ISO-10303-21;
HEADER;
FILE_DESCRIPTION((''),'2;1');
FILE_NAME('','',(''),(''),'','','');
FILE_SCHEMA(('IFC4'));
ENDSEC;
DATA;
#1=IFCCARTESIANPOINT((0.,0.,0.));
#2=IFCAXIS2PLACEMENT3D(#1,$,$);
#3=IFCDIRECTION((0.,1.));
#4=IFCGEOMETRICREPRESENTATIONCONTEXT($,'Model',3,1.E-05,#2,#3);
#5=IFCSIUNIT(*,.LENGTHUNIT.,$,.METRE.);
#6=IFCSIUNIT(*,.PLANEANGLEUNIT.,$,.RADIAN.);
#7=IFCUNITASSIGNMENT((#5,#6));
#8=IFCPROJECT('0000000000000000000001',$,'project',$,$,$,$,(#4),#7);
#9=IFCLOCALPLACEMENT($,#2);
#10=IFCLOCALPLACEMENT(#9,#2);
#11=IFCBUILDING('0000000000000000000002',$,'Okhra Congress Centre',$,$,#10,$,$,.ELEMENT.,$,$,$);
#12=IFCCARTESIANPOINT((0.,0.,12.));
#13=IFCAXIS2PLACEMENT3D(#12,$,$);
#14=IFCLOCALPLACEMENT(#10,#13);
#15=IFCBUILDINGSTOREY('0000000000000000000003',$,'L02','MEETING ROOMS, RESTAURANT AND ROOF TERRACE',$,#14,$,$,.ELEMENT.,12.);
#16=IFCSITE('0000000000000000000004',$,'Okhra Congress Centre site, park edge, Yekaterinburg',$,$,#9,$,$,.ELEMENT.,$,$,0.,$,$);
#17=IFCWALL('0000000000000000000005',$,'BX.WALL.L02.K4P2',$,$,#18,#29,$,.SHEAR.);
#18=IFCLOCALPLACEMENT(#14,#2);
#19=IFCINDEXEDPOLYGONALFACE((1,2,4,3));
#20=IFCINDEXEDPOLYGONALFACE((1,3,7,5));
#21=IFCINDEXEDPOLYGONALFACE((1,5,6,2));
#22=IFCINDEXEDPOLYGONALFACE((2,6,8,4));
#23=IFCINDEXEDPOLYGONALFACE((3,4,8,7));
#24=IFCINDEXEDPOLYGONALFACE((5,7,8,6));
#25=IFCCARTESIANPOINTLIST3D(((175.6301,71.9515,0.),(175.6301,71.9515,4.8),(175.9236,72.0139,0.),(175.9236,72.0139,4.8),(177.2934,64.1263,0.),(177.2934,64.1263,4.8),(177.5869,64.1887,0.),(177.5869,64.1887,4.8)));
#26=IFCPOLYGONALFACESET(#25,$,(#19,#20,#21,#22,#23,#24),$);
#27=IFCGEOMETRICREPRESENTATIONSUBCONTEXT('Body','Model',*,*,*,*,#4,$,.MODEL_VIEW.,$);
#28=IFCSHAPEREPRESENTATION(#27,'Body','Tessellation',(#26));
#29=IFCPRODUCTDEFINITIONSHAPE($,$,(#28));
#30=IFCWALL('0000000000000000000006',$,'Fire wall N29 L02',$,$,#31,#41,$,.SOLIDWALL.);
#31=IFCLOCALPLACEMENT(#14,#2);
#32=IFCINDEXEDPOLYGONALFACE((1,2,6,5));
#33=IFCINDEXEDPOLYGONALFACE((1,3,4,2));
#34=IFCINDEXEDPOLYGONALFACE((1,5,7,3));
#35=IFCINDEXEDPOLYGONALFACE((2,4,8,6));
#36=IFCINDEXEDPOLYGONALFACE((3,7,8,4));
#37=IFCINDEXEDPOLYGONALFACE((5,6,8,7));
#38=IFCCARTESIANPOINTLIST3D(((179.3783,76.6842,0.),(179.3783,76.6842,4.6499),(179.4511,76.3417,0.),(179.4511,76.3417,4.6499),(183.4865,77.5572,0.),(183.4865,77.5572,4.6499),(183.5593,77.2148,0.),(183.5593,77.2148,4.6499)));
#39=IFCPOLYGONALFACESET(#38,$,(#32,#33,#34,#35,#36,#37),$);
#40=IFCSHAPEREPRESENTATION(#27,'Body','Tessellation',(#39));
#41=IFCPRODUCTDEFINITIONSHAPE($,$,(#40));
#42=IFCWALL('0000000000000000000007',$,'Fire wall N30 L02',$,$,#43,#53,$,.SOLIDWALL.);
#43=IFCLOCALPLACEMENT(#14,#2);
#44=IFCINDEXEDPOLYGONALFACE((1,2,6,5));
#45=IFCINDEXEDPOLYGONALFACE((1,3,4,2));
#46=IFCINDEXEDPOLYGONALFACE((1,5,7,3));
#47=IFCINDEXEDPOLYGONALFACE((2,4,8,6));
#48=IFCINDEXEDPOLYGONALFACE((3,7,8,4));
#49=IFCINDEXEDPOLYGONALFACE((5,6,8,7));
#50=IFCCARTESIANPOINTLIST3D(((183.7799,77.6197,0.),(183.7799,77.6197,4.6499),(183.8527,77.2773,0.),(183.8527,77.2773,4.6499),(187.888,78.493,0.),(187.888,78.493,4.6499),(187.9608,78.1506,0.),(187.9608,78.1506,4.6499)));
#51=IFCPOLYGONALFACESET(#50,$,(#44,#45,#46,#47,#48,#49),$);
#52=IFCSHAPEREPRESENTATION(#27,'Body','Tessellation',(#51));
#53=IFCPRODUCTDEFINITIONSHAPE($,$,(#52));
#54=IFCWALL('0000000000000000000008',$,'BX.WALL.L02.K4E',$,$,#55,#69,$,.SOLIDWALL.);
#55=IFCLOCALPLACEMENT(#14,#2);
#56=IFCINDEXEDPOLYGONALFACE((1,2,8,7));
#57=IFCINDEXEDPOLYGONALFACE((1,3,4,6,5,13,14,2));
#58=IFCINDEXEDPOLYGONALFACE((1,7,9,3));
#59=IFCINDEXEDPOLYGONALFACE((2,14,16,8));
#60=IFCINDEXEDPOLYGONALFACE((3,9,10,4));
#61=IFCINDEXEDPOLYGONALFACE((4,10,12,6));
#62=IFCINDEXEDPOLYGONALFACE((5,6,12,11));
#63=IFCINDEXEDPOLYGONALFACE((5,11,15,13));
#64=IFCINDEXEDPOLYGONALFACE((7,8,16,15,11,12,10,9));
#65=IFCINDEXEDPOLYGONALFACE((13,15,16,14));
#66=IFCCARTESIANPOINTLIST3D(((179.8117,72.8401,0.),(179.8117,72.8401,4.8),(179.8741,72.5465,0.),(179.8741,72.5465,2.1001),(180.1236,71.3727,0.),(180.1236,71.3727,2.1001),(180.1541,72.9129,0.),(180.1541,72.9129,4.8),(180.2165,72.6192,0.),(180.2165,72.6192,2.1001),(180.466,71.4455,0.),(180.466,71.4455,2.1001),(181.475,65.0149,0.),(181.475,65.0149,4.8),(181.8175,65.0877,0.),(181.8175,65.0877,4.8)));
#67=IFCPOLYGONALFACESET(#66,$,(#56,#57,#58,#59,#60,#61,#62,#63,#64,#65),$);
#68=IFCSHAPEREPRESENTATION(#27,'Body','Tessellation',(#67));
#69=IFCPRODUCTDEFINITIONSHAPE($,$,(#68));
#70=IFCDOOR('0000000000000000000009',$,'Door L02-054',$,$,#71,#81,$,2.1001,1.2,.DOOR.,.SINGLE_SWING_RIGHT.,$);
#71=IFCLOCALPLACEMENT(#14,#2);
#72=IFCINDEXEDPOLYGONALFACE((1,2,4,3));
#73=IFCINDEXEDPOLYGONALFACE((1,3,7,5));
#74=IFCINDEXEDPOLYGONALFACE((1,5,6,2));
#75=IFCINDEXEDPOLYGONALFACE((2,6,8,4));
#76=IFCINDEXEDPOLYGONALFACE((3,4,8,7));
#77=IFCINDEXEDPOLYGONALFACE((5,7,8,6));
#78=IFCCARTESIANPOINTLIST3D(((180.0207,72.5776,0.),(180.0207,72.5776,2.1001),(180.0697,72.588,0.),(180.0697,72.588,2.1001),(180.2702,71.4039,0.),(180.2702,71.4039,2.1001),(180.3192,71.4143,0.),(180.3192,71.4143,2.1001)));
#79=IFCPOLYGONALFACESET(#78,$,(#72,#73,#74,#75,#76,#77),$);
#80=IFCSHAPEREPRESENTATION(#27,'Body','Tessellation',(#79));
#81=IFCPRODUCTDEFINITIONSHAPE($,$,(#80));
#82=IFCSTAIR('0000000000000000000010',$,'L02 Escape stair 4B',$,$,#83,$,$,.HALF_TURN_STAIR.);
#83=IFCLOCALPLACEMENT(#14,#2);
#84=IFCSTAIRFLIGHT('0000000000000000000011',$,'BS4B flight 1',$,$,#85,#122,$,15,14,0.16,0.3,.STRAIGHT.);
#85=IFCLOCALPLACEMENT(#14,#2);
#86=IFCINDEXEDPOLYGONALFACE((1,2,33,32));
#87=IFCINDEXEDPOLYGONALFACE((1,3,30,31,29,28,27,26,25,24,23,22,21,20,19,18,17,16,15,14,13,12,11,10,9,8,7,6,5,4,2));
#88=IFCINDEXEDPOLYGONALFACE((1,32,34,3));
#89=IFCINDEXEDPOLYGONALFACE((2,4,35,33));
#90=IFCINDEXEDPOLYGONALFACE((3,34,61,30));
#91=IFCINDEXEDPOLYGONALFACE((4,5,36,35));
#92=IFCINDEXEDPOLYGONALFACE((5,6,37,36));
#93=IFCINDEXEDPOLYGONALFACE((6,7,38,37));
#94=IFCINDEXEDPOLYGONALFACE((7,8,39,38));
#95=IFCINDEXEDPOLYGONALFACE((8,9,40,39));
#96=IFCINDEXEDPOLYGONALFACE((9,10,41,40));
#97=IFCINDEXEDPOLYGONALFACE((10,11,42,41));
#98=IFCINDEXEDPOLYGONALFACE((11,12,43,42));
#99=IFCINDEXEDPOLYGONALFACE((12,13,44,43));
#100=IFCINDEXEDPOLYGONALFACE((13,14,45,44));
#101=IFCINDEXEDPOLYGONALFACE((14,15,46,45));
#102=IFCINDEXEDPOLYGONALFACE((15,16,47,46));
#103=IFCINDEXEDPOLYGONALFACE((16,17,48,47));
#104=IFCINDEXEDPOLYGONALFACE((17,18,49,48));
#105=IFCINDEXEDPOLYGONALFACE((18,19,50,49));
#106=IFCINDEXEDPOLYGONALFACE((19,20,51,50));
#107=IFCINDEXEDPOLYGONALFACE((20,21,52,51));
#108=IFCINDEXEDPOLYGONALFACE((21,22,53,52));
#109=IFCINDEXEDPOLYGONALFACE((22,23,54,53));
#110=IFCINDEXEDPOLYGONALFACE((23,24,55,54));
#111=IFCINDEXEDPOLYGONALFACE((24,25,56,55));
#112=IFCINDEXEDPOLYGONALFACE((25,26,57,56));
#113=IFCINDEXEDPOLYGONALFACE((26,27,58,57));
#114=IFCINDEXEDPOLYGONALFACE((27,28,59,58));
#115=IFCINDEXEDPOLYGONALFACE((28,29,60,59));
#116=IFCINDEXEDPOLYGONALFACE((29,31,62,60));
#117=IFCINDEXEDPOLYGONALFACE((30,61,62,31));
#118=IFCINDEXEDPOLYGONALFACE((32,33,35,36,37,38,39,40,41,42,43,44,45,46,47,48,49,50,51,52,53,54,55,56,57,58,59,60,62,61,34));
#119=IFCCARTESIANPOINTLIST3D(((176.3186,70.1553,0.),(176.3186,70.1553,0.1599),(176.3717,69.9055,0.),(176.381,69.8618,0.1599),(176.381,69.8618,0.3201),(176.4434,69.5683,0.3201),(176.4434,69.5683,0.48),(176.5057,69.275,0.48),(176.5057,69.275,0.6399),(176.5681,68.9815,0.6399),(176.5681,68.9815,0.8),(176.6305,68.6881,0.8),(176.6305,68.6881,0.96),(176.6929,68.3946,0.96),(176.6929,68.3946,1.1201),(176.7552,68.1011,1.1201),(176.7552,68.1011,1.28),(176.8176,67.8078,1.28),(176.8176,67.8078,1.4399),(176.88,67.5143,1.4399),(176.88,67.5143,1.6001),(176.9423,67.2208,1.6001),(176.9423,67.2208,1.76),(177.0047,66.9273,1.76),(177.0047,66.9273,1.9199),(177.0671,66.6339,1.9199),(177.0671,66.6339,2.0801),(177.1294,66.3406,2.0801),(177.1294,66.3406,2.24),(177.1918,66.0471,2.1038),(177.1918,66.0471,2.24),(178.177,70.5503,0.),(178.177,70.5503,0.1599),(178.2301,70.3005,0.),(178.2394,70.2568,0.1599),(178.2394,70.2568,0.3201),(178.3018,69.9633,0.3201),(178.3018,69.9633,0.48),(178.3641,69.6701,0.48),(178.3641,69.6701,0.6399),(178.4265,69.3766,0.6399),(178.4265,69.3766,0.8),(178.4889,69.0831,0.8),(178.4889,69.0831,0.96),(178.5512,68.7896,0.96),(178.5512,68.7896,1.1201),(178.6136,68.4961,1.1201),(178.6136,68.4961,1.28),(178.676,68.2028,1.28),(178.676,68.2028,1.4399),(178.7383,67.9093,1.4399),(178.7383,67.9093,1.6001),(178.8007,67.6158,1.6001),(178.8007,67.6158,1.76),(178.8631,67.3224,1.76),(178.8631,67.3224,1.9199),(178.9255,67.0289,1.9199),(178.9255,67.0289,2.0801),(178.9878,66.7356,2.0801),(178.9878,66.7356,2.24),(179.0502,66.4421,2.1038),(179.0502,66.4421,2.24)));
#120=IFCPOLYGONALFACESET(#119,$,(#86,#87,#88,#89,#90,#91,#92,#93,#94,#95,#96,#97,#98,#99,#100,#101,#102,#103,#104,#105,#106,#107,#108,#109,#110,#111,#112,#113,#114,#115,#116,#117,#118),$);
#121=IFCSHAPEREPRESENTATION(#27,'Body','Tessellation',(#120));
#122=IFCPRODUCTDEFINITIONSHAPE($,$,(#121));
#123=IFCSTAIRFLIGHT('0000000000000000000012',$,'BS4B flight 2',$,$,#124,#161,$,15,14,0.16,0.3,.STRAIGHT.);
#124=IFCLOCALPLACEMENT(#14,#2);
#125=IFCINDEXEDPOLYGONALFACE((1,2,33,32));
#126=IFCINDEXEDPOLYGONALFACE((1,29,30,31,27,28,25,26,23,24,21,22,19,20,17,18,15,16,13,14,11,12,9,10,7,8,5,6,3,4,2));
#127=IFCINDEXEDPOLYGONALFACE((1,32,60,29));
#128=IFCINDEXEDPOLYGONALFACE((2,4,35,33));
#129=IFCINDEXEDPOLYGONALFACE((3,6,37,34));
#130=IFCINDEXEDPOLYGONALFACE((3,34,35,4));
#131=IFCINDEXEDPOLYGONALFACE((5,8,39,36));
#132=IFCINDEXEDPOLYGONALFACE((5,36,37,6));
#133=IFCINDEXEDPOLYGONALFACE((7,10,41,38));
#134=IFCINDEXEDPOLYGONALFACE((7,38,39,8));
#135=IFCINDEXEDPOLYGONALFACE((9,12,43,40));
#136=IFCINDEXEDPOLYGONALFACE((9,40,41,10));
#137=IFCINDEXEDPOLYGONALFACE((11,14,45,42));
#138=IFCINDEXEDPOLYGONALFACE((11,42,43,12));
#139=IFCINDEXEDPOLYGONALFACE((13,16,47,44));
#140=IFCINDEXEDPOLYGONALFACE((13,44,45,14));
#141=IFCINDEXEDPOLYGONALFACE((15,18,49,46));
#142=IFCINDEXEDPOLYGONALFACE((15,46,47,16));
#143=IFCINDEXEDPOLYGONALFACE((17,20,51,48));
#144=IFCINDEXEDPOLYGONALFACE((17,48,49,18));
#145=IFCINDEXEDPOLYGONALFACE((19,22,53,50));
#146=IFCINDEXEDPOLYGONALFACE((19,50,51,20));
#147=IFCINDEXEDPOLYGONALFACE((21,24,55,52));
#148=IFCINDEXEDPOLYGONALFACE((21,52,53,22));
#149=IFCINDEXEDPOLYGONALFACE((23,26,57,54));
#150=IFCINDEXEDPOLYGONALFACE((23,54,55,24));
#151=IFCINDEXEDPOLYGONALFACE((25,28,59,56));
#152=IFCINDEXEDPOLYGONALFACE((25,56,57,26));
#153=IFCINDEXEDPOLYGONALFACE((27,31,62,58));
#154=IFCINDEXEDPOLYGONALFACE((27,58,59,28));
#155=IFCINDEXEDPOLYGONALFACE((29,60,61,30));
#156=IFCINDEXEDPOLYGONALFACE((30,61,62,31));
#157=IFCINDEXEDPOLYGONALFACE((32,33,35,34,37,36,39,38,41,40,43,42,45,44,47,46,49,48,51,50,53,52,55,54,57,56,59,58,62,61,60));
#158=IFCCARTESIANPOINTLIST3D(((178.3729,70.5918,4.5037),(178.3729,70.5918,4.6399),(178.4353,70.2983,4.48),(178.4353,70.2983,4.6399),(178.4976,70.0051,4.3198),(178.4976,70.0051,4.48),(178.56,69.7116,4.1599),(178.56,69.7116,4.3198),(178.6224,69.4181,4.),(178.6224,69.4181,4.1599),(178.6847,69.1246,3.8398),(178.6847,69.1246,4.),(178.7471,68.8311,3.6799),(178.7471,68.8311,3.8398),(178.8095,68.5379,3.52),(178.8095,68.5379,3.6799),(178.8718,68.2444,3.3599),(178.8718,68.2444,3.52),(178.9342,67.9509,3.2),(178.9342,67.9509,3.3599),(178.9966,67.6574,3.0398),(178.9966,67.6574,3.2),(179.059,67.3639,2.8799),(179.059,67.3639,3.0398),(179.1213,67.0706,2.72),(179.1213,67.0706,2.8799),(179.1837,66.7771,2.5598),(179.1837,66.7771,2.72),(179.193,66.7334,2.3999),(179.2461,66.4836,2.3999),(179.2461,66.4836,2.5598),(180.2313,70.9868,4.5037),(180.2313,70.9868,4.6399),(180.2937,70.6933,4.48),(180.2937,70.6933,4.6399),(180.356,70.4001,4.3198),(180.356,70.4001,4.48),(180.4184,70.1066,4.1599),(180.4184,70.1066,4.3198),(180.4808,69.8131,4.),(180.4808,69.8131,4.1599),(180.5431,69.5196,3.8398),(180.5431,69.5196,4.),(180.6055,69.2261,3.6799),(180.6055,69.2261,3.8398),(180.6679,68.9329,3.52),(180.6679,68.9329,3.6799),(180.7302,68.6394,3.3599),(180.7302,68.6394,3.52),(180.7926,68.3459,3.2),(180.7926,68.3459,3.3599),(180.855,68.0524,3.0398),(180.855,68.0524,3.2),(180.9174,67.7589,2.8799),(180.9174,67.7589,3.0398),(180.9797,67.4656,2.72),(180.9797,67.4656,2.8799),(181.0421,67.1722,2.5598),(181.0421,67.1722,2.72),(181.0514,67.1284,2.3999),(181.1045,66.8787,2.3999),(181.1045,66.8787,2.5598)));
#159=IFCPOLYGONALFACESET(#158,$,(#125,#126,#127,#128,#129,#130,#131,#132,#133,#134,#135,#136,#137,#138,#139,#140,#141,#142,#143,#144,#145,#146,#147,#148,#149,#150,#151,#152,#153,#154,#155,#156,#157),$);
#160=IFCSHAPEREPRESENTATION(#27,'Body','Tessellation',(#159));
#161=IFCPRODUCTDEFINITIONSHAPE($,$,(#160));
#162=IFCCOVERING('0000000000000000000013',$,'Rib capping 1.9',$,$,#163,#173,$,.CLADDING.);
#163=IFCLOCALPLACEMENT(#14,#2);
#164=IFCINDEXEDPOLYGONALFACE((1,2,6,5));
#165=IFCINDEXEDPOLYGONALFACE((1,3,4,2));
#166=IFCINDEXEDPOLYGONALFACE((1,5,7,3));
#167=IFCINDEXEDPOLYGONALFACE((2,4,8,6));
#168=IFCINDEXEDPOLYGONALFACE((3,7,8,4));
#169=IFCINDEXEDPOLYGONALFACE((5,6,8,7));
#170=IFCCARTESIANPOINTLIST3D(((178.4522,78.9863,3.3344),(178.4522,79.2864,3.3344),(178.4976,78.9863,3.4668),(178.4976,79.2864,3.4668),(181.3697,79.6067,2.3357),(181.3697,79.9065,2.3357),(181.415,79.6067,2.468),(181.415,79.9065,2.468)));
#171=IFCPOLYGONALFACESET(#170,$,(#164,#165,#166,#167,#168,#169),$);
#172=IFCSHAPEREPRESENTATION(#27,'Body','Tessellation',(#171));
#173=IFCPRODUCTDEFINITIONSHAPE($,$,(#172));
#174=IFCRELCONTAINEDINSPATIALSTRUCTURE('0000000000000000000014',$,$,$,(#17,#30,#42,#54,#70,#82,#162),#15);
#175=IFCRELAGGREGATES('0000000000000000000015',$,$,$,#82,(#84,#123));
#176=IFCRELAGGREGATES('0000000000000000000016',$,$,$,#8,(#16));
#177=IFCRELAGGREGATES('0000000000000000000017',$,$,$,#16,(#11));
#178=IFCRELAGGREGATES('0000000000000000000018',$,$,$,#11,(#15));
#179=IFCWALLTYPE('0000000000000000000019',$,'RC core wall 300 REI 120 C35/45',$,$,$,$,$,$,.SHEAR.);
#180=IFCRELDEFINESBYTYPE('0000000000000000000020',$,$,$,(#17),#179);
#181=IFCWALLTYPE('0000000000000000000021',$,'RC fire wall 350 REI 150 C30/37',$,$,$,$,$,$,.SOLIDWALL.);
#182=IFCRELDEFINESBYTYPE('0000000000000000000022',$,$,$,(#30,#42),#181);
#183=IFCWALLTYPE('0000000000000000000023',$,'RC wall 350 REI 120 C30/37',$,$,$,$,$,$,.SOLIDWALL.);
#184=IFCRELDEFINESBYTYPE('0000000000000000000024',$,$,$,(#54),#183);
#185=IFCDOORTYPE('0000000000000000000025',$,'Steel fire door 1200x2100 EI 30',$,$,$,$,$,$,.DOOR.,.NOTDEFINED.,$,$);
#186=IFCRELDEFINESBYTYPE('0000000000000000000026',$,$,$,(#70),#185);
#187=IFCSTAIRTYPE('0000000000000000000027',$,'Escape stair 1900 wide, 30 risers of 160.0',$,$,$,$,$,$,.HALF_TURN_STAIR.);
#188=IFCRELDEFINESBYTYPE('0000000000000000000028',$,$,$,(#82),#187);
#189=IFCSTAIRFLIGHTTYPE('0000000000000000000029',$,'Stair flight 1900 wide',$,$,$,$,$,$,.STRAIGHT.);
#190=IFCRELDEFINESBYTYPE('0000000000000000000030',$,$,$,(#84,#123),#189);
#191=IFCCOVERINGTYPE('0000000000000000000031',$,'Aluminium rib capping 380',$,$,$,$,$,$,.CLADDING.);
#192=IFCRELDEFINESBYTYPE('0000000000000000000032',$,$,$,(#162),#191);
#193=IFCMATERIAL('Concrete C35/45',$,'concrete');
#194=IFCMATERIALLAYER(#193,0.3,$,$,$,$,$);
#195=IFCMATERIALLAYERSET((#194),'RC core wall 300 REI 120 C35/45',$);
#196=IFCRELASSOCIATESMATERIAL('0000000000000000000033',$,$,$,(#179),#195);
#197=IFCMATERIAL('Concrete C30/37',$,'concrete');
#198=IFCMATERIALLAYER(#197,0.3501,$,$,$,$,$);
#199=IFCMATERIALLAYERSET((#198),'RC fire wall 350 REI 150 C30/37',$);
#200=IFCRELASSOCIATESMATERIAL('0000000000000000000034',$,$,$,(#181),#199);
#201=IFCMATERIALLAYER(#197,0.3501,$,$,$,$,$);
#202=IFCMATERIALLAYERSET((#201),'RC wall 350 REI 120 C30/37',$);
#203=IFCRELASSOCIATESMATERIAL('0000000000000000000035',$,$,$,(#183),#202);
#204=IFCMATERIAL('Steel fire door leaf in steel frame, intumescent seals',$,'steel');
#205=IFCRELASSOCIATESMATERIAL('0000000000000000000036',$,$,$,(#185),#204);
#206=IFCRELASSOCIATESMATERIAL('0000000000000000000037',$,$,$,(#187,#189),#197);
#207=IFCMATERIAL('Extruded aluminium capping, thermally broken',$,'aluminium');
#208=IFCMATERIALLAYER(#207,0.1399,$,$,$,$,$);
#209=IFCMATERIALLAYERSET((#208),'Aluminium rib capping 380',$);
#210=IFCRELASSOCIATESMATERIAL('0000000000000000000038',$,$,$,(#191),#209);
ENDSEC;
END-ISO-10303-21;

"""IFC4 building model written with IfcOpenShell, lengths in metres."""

from ifc_helpers import new_model, si_unit, direction, frame, frame_2d, origin, place, context, subcontext, project, spatial, polyline, rectangle, outline, extrude, material, layer, layer_set, type_object, element, fill, aggregate, save


model = new_model("IFC4")

# Units and contexts
model_context = context("Model", 3, precision=1e-05, world=origin(), true_north=direction((0.0, 1.0)))
body_context = subcontext(model_context, "Body", "Model", "MODEL_VIEW")
ifc_project = project(units=[si_unit("LENGTHUNIT", "METRE"), si_unit("PLANEANGLEUNIT", "RADIAN")], contexts=[model_context])

# Site, building, storey
site_placement = place(None, origin())
site = spatial("IfcSite", under=ifc_project, at=site_placement, Name="Okhra Congress Centre site, park edge, Yekaterinburg", CompositionType="ELEMENT", RefElevation=0.0)
building_placement = place(site_placement, origin())
building = spatial("IfcBuilding", under=site, at=building_placement, Name="Okhra Congress Centre", CompositionType="ELEMENT")
storey_placement = place(building_placement, frame((0.0, 0.0, 12.0)))
storey = spatial("IfcBuildingStorey", under=building, at=storey_placement, Name="L02", Description="MEETING ROOMS, RESTAURANT AND ROOF TERRACE", CompositionType="ELEMENT", Elevation=12.0)

# Walls
ifc_material_1 = material(Name="Concrete C35/45", Category="concrete")
ifc_layer_1 = layer(ifc_material_1, 0.3)
ifc_layer_set_1 = layer_set([ifc_layer_1], Name="RC core wall 300 REI 120 C35/45")
wall_type_1 = type_object("IfcWallType", Name="RC core wall 300 REI 120 C35/45", PredefinedType="SHEAR", material=ifc_layer_set_1)
wall_1_placement = place(storey_placement, frame((175.7769, 71.9827, 0.0), z_axis=(0.0, 0.0, 1.0), x_axis=(0.207916, -0.978147, 0.0)))
element("IfcWall", 1, at=wall_1_placement, inside=storey, type_object=wall_type_1, Name="BX.WALL.L02.K4P2", PredefinedType="SHEAR", context=body_context, shape_type="SweptSolid", body=[
    extrude(rectangle(XDim=8.0, YDim=0.3, at=frame_2d((4.0, 0.0))), origin(), (0.0, 0.0, 1.0), 4.8),
])
ifc_material_2 = material(Name="Concrete C30/37", Category="concrete")
ifc_layer_2 = layer(ifc_material_2, 0.3501)
ifc_layer_set_2 = layer_set([ifc_layer_2], Name="RC fire wall 350 REI 150 C30/37")
wall_type_2 = type_object("IfcWallType", Name="RC fire wall 350 REI 150 C30/37", PredefinedType="SOLIDWALL", material=ifc_layer_set_2)
for number, where, z_axis, x_axis, name in (
    (2, (179.4146, 76.5129, 0.0), (0.0, 0.0, 1.0), (0.978156, 0.207873, 0.0), "Fire wall N29 L02"),
    (3, (183.8162, 77.4485, 0.0), (0.0, 0.0, 1.0), (0.978144, 0.207929, 0.0), "Fire wall N30 L02"),
):
    element("IfcWall", number, at=place(storey_placement, frame(where, z_axis=z_axis, x_axis=x_axis)), inside=storey, type_object=wall_type_2, Name=name, PredefinedType="SOLIDWALL", context=body_context, shape_type="SweptSolid", body=[
        extrude(rectangle(XDim=4.2, YDim=0.3501, at=frame_2d((2.1001, 0.0))), origin(), (0.0, 0.0, 1.0), 4.6499),
    ])

# Wall, opening, door
ifc_layer_3 = layer(ifc_material_2, 0.3501)
ifc_layer_set_3 = layer_set([ifc_layer_3], Name="RC wall 350 REI 120 C30/37")
wall_type_3 = type_object("IfcWallType", Name="RC wall 350 REI 120 C30/37", PredefinedType="SOLIDWALL", material=ifc_layer_set_3)
wall_2_placement = place(storey_placement, frame((179.9829, 72.8765, 0.0), z_axis=(0.0, 0.0, 1.0), x_axis=(0.207916, -0.978147, 0.0)))
wall_2 = element("IfcWall", 4, at=wall_2_placement, inside=storey, type_object=wall_type_3, Name="BX.WALL.L02.K4E", PredefinedType="SOLIDWALL", context=body_context, shape_type="SweptSolid", body=[
    extrude(rectangle(XDim=8.0, YDim=0.3501, at=frame_2d((4.0, 0.0))), origin(), (0.0, 0.0, 1.0), 4.8),
])
opening_placement = place(wall_2_placement, frame((0.3, 0.0, 0.0)))
opening = element("IfcOpeningElement", 5, at=opening_placement, cuts=wall_2, PredefinedType="OPENING", context=body_context, shape_type="SweptSolid", body=[
    extrude(rectangle(XDim=1.2, YDim=2.1001, at=frame_2d((0.6001, 1.05))), frame((0.0, 0.1851, 0.0), z_axis=(0.0, -1.0, 0.0), x_axis=(1.0, 0.0, 0.0)), (0.0, 0.0, 1.0), 0.3701),
])
ifc_material_3 = material(Name="Steel fire door leaf in steel frame, intumescent seals", Category="steel")
door_type = type_object("IfcDoorType", Name="Steel fire door 1200x2100 EI 30", OperationType="NOTDEFINED", PredefinedType="DOOR", material=ifc_material_3)
door_placement = place(opening_placement, origin())
door = element("IfcDoor", 6, at=door_placement, inside=storey, type_object=door_type, Name="Door L02-054", OperationType="SINGLE_SWING_RIGHT", OverallHeight=2.1001, OverallWidth=1.2, PredefinedType="DOOR", context=body_context, shape_type="SweptSolid", body=[
    extrude(rectangle(XDim=1.2, YDim=2.1001, at=frame_2d((0.6001, 1.05))), frame((0.0, 0.0249, 0.0), z_axis=(0.0, -1.0, 0.0), x_axis=(1.0, 0.0, 0.0)), (0.0, 0.0, 1.0), 0.05),
])
fill(opening, door)

# Stair, stair flights
stair_type = type_object("IfcStairType", Name="Escape stair 1900 wide, 30 risers of 160.0", PredefinedType="HALF_TURN_STAIR", material=ifc_material_2)
stair_placement = place(storey_placement, origin())
stair = element("IfcStair", 7, at=stair_placement, inside=storey, type_object=stair_type, Name="L02 Escape stair 4B", PredefinedType="HALF_TURN_STAIR")
stair_flight_type = type_object("IfcStairFlightType", Name="Stair flight 1900 wide", PredefinedType="STRAIGHT", material=ifc_material_2)
stair_flight_1_placement = place(storey_placement, frame((177.2478, 70.3528, 0.0), z_axis=(0.0, 0.0, 1.0), x_axis=(0.207912, -0.978148, 0.0)))
stair_flight_1 = element("IfcStairFlight", 8, at=stair_flight_1_placement, type_object=stair_flight_type, Name="BS4B flight 1", NumberOfRisers=15, NumberOfTreads=14, PredefinedType="STRAIGHT", RiserHeight=0.16, TreadLength=0.3, context=body_context, shape_type="SweptSolid", body=[
    extrude(outline(polyline([(0.0, 0.0), (0.0, 0.1599), (0.3, 0.1599), (0.3, 0.3201), (0.6001, 0.3201), (0.6001, 0.48), (0.8999, 0.48), (0.8999, 0.6399), (1.2, 0.6399), (1.2, 0.8), (1.5, 0.8), (1.5, 0.96), (1.8, 0.96), (1.8, 1.1201), (2.1001, 1.1201), (2.1001, 1.28), (2.3999, 1.28), (2.3999, 1.4399), (2.7, 1.4399), (2.7, 1.6001), (3.0, 1.6001), (3.0, 1.76), (3.3, 1.76), (3.3, 1.9199), (3.6001, 1.9199), (3.6001, 2.0801), (3.8999, 2.0801), (3.8999, 2.24), (4.2, 2.24), (4.2, 2.3999), (4.2, 2.1038), (0.2554, 0.0), (0.0, 0.0)])), frame((0.0, 0.95, 0.0), z_axis=(0.0, -1.0, 0.0), x_axis=(1.0, 0.0, 0.0)), (0.0, 0.0, 1.0), 1.8999),
])
stair_flight_2_placement = place(storey_placement, frame((180.1753, 66.6812, 2.3999), z_axis=(0.0, 0.0, 1.0), x_axis=(-0.207912, 0.978148, 0.0)))
stair_flight_2 = element("IfcStairFlight", 9, at=stair_flight_2_placement, type_object=stair_flight_type, Name="BS4B flight 2", NumberOfRisers=15, NumberOfTreads=14, PredefinedType="STRAIGHT", RiserHeight=0.16, TreadLength=0.3, context=body_context, shape_type="SweptSolid", body=[
    extrude(outline(polyline([(0.0, 0.0), (0.0, 0.1599), (0.3, 0.1599), (0.3, 0.3201), (0.6001, 0.3201), (0.6001, 0.48), (0.8999, 0.48), (0.8999, 0.6399), (1.2, 0.6399), (1.2, 0.8), (1.5, 0.8), (1.5, 0.96), (1.8, 0.96), (1.8, 1.1201), (2.1001, 1.1201), (2.1001, 1.28), (2.3999, 1.28), (2.3999, 1.4399), (2.7, 1.4399), (2.7, 1.6001), (3.0, 1.6001), (3.0, 1.76), (3.3, 1.76), (3.3, 1.9199), (3.6001, 1.9199), (3.6001, 2.0801), (3.8999, 2.0801), (3.8999, 2.24), (4.2, 2.24), (4.2, 2.3999), (4.2, 2.1038), (0.2554, 0.0), (0.0, 0.0)])), frame((0.0, 0.95, 0.0), z_axis=(0.0, -1.0, 0.0), x_axis=(1.0, 0.0, 0.0)), (0.0, 0.0, 1.0), 1.8999),
])
aggregate(stair, [stair_flight_1, stair_flight_2])

# Covering
ifc_material_4 = material(Name="Extruded aluminium capping, thermally broken", Category="aluminium")
ifc_layer_4 = layer(ifc_material_4, 0.1399)
ifc_layer_set_4 = layer_set([ifc_layer_4], Name="Aluminium rib capping 380")
covering_type = type_object("IfcCoveringType", Name="Aluminium rib capping 380", PredefinedType="CLADDING", material=ifc_layer_set_4)
covering_1_placement = place(storey_placement, frame((178.4976, 78.9863, 3.4668), z_axis=(0.323889, 0.0, 0.946095), x_axis=(0.927513, 0.197223, -0.317528)))
element("IfcCovering", 10, at=covering_1_placement, inside=storey, type_object=covering_type, Name="Rib capping 1.9", PredefinedType="CLADDING", context=body_context, shape_type="SweptSolid", body=[
    extrude(outline(polyline([(0.0, 0.0), (3.1455, 0.0), (3.2046, 0.2939), (0.0592, 0.2942), (0.0, 0.0)])), origin(), (0.0, 0.0, -1.0), 0.1399),
])

save(model, "model.ifc")
